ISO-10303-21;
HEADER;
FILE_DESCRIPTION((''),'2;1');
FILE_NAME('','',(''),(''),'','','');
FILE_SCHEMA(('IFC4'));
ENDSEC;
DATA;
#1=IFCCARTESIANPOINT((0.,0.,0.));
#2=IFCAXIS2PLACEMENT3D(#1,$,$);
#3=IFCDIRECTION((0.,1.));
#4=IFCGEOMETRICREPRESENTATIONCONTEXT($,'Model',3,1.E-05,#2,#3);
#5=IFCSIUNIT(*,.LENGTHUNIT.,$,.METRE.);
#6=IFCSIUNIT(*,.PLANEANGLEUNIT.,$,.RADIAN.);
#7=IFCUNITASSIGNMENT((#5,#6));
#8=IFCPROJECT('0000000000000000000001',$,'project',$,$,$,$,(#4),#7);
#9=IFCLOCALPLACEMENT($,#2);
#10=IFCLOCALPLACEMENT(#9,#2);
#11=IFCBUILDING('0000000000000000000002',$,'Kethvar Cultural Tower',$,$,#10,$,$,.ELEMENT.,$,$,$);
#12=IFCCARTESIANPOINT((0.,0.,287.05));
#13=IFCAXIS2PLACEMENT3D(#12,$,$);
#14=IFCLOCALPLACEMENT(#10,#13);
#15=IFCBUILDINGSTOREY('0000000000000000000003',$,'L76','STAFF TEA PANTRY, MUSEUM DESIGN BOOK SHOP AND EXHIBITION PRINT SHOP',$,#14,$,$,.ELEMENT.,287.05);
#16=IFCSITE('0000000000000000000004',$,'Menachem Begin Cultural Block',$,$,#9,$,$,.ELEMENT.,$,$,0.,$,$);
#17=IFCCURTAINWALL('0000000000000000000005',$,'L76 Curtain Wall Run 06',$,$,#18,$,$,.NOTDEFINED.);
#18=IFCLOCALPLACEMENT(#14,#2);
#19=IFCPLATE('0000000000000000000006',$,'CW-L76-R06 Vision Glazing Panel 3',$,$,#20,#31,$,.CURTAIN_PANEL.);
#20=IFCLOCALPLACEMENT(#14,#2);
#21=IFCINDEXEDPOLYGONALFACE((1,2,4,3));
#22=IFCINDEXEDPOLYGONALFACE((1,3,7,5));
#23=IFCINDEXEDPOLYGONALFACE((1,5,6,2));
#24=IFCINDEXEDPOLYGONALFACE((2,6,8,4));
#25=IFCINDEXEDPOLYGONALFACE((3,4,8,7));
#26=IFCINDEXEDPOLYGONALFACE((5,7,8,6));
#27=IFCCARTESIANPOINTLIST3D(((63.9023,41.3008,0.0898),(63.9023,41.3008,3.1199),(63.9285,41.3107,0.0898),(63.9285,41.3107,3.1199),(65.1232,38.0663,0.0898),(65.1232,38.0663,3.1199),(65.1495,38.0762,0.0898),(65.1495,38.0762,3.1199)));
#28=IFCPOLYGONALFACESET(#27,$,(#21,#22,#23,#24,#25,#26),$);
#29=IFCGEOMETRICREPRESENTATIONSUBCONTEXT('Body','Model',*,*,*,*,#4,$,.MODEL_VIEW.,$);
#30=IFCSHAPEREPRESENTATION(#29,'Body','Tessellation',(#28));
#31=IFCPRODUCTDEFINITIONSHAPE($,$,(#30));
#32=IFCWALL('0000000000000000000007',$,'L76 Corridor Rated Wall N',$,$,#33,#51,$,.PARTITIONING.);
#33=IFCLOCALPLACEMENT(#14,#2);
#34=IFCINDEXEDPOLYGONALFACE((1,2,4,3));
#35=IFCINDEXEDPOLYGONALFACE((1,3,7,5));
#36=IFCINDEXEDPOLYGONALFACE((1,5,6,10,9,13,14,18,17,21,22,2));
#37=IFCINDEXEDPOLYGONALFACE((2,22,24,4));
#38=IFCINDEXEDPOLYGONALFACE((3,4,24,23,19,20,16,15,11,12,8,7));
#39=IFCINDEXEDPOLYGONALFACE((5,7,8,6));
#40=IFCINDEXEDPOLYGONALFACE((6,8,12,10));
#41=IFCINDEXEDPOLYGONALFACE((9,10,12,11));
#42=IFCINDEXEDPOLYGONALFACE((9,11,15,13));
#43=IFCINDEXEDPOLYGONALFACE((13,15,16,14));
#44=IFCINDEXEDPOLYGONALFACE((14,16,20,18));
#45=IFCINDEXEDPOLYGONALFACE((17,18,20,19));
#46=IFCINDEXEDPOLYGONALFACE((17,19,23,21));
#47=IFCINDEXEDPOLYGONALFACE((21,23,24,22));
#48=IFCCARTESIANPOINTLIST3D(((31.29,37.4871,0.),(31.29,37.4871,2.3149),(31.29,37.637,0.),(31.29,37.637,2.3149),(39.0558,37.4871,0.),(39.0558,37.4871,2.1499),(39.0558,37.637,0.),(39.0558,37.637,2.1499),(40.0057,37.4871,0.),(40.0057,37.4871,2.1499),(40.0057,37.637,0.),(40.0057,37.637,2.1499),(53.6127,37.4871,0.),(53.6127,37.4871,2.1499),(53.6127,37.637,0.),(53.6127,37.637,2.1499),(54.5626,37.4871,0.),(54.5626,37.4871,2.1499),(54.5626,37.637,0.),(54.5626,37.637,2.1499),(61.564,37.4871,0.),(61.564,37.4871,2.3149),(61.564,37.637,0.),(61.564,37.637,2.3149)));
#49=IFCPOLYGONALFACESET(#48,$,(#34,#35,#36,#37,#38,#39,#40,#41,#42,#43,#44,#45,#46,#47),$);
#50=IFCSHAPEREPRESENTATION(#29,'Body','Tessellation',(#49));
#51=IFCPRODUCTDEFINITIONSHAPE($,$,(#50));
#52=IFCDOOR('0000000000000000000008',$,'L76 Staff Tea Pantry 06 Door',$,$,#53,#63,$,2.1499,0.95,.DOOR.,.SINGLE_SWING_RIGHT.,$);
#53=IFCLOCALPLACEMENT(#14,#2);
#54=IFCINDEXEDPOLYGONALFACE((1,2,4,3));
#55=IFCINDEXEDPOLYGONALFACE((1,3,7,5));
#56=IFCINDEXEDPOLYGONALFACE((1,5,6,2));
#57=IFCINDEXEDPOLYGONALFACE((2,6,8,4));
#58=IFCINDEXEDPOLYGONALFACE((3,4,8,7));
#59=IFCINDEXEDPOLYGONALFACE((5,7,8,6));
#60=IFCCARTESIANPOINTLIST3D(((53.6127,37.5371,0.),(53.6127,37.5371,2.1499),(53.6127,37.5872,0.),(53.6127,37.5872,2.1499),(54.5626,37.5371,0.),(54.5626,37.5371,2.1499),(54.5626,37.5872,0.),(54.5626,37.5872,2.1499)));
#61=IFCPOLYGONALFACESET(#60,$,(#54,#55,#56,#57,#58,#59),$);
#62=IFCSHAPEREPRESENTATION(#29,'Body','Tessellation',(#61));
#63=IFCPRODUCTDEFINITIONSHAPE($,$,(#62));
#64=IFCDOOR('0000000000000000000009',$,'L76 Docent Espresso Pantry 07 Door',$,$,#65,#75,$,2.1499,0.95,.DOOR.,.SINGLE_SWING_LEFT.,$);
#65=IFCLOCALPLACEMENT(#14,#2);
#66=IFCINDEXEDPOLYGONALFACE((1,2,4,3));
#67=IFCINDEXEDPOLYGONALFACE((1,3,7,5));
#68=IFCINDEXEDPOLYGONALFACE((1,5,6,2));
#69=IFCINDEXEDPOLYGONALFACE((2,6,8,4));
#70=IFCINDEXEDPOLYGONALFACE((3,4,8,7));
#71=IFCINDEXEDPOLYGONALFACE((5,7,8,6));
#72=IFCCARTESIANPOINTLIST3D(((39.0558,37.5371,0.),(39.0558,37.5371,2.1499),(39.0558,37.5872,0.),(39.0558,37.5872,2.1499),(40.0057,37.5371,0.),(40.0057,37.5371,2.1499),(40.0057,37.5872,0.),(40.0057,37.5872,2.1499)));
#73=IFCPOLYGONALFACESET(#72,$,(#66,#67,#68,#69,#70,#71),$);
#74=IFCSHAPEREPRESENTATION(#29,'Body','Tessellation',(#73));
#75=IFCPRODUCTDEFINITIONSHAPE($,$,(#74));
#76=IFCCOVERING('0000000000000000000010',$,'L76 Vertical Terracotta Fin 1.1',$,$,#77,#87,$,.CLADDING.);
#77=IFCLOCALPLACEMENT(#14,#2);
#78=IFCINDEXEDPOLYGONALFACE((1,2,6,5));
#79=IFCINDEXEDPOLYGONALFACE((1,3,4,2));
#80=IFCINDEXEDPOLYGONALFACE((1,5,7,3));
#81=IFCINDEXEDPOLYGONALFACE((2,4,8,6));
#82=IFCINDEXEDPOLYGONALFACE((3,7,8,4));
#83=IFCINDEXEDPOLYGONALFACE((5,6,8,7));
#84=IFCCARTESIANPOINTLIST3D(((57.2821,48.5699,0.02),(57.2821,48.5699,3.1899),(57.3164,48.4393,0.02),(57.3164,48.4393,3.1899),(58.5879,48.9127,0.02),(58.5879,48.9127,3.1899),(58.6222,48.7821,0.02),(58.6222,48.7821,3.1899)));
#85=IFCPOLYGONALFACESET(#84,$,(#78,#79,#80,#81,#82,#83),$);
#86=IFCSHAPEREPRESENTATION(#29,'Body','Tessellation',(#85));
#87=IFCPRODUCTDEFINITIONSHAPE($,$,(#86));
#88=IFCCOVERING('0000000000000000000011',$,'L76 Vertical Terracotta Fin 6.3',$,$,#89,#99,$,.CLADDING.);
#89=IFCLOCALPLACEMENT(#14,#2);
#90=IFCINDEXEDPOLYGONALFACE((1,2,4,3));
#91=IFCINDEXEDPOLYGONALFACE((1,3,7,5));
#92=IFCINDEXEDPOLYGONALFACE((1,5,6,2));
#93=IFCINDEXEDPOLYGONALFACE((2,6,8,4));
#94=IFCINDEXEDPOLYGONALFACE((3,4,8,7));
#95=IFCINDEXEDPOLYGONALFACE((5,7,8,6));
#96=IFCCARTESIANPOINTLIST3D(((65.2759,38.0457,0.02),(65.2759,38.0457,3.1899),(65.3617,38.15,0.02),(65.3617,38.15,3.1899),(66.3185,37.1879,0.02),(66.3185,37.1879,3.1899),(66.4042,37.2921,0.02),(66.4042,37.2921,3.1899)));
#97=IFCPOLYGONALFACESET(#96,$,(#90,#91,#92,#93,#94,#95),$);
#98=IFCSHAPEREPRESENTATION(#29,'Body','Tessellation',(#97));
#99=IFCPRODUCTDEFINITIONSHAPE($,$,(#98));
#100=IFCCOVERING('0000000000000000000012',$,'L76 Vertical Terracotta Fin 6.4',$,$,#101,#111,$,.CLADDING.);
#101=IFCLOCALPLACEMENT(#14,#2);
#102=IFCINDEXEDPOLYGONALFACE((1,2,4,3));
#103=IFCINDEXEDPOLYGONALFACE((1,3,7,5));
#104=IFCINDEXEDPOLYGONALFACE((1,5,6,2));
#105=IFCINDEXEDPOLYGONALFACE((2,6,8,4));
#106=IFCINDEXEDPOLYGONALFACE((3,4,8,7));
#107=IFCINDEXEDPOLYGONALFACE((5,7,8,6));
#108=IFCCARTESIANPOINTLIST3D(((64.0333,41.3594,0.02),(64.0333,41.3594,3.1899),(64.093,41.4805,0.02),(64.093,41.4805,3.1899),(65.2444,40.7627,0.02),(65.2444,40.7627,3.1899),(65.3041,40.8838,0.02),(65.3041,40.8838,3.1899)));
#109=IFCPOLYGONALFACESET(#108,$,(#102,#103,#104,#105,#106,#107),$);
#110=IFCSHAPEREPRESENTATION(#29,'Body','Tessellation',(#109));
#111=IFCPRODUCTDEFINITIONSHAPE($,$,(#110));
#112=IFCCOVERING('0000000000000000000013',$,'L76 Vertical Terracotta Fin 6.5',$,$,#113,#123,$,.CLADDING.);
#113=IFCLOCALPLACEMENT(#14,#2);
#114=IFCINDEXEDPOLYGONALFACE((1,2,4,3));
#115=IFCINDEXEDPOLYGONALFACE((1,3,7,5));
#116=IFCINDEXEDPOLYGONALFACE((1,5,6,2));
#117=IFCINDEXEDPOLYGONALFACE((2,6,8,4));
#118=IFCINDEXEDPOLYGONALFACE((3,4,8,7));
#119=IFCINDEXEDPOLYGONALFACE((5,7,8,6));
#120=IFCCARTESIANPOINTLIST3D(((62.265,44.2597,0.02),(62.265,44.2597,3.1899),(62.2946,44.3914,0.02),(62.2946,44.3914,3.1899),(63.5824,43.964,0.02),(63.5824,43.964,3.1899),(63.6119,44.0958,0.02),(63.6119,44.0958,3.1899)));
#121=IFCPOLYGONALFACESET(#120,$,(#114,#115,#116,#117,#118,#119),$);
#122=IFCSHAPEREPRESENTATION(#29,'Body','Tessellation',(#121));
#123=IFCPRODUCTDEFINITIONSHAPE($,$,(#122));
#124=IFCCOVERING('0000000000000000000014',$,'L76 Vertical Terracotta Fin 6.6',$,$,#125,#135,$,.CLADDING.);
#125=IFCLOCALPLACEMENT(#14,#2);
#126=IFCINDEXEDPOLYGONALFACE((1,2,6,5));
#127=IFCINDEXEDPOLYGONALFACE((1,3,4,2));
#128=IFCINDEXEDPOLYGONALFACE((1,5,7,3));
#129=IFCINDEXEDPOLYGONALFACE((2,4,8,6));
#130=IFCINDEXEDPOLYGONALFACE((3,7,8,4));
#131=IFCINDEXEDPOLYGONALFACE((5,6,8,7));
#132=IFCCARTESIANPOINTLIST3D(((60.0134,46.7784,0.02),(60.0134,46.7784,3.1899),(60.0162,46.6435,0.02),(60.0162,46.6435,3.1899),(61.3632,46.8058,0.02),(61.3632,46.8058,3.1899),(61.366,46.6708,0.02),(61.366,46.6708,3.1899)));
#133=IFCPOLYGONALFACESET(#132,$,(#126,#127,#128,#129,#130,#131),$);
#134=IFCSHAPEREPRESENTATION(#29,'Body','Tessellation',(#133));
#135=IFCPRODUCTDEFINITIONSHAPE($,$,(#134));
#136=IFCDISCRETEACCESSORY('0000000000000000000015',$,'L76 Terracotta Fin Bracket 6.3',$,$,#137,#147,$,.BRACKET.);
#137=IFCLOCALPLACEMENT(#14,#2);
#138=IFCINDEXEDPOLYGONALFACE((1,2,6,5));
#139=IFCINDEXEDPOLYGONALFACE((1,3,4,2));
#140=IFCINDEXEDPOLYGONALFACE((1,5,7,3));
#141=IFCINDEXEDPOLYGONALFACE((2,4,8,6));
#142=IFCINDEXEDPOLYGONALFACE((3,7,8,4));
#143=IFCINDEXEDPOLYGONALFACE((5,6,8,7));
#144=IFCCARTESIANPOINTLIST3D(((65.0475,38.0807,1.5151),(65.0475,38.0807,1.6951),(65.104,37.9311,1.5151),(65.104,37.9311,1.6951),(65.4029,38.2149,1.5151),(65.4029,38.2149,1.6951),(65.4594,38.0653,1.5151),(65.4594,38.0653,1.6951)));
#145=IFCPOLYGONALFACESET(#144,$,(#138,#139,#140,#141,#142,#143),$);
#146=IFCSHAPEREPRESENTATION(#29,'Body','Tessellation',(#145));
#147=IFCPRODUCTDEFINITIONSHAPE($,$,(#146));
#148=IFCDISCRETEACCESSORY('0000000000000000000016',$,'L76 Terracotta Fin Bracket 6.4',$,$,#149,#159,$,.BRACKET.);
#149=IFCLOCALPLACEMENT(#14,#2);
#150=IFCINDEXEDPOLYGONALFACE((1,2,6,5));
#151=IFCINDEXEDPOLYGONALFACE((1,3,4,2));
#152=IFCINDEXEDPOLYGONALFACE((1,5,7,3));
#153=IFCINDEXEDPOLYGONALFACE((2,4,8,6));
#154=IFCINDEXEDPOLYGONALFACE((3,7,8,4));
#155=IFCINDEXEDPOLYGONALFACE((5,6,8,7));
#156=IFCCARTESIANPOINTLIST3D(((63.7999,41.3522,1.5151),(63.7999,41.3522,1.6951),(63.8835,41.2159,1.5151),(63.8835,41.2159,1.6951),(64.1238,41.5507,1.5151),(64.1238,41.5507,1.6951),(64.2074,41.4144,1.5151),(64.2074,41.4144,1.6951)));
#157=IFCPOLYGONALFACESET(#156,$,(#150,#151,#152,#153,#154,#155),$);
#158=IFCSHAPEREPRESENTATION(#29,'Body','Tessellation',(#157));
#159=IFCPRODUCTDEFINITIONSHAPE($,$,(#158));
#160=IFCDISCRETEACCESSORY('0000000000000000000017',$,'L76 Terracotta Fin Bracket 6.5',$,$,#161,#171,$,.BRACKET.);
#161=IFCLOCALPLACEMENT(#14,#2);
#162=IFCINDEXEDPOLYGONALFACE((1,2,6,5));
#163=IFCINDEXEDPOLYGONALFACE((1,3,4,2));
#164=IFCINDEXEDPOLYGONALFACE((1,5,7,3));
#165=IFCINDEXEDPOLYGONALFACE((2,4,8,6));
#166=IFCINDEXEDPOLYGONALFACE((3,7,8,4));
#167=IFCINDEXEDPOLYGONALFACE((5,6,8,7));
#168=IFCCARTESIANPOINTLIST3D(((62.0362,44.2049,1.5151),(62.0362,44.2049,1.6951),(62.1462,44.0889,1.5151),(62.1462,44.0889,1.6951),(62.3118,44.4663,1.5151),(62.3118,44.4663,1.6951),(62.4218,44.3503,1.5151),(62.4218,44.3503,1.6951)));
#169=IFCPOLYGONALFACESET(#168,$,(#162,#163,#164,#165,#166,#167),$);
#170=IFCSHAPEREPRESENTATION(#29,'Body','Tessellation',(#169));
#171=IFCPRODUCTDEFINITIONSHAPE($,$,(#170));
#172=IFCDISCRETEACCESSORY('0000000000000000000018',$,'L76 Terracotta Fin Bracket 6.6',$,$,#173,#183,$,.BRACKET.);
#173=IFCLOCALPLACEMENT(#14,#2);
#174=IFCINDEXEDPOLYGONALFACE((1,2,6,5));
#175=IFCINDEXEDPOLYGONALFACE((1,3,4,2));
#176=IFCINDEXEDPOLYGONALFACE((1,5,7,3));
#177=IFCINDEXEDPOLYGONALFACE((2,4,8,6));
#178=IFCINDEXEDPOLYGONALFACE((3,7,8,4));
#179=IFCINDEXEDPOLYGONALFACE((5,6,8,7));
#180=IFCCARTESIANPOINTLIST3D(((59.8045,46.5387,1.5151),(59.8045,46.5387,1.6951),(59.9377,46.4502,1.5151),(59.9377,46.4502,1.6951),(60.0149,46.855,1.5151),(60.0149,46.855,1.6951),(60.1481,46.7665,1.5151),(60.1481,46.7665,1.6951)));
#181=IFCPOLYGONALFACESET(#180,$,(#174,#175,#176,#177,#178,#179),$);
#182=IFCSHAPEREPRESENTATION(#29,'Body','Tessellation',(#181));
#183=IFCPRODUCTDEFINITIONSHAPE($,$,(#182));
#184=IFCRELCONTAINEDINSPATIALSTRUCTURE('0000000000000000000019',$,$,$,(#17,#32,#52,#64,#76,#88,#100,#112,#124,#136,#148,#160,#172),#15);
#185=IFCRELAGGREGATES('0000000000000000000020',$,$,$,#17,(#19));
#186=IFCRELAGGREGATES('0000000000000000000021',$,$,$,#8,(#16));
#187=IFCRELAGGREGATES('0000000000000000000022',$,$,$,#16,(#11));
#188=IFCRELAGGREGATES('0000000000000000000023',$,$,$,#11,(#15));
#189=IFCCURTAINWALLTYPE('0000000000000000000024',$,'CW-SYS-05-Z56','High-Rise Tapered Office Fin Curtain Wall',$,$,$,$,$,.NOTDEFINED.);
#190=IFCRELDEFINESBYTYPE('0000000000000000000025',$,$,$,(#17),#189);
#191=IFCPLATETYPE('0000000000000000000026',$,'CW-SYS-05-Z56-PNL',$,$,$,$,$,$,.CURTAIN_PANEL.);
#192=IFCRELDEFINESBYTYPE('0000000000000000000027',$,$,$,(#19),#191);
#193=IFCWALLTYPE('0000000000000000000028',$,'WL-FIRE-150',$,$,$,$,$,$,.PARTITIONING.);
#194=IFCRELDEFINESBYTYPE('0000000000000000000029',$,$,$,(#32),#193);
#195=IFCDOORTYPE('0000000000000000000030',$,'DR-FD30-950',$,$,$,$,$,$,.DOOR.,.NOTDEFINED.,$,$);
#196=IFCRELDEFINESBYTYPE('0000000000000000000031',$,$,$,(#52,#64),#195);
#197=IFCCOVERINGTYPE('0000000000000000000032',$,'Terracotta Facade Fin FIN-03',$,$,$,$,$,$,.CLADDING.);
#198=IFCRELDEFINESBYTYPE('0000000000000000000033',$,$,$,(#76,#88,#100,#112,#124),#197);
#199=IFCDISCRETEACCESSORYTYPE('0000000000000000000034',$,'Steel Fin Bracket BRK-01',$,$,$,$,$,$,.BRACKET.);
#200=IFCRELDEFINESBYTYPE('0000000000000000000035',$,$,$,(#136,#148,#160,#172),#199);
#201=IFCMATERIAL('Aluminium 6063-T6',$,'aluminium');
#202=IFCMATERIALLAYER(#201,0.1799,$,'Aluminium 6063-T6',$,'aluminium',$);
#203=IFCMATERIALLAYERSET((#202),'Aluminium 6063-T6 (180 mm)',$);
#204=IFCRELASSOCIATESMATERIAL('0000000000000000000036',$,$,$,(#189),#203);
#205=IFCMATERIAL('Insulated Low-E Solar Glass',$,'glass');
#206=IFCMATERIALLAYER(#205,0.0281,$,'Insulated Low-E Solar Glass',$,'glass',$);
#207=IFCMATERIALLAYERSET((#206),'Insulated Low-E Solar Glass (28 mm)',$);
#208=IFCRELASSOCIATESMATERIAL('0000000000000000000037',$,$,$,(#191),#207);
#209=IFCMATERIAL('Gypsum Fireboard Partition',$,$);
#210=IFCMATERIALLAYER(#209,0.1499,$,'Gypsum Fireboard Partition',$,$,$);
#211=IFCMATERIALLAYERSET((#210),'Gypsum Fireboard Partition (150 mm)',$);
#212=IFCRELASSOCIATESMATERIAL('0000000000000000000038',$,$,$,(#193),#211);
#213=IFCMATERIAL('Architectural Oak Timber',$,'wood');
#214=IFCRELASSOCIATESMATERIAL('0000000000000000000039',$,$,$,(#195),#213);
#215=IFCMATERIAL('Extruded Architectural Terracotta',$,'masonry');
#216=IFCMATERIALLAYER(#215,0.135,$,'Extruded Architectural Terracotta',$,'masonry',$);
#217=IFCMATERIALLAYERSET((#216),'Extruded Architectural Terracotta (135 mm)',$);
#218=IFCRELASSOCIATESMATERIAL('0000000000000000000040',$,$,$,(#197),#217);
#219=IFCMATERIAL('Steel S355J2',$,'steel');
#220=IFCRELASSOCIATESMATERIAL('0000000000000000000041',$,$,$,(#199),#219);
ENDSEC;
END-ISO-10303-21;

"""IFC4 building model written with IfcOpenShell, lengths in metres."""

from ifc_helpers import new_model, si_unit, direction, frame, frame_2d, origin, origin_2d, place, context, subcontext, project, spatial, rectangle, extrude, source, transform, mapped, material, layer, layer_set, type_object, element, fill, aggregate, save


model = new_model("IFC4")

# Units and contexts
model_context = context("Model", 3, precision=1e-05, world=origin(), true_north=direction((0.0, 1.0)))
body_context = subcontext(model_context, "Body", "Model", "MODEL_VIEW")
ifc_project = project(units=[si_unit("LENGTHUNIT", "METRE"), si_unit("PLANEANGLEUNIT", "RADIAN")], contexts=[model_context])

# Site, building, storey
site_placement = place(None, origin())
site = spatial("IfcSite", under=ifc_project, at=site_placement, Name="Menachem Begin Cultural Block", CompositionType="ELEMENT", RefElevation=0.0)
building_placement = place(site_placement, origin())
building = spatial("IfcBuilding", under=site, at=building_placement, Name="Kethvar Cultural Tower", CompositionType="ELEMENT")
storey_placement = place(building_placement, frame((0.0, 0.0, 287.05)))
storey = spatial("IfcBuildingStorey", under=building, at=storey_placement, Name="L76", Description="STAFF TEA PANTRY, MUSEUM DESIGN BOOK SHOP AND EXHIBITION PRINT SHOP", CompositionType="ELEMENT", Elevation=287.05)

# Shared definitions
ifc_material_1 = material(Name="Steel S355J2", Category="steel")

# Curtain wall, plate
ifc_material_2 = material(Name="Aluminium 6063-T6", Category="aluminium")
ifc_layer_1 = layer(ifc_material_2, 0.1799, Name="Aluminium 6063-T6", Category="aluminium")
ifc_layer_set_1 = layer_set([ifc_layer_1], Name="Aluminium 6063-T6 (180 mm)")
curtain_wall_type = type_object("IfcCurtainWallType", Name="CW-SYS-05-Z56", Description="High-Rise Tapered Office Fin Curtain Wall", PredefinedType="NOTDEFINED", material=ifc_layer_set_1)
curtain_wall_placement = place(storey_placement, origin())
curtain_wall = element("IfcCurtainWall", 1, at=curtain_wall_placement, inside=storey, type_object=curtain_wall_type, Name="L76 Curtain Wall Run 06", PredefinedType="NOTDEFINED")
ifc_material_3 = material(Name="Insulated Low-E Solar Glass", Category="glass")
ifc_layer_2 = layer(ifc_material_3, 0.0281, Name="Insulated Low-E Solar Glass", Category="glass")
ifc_layer_set_2 = layer_set([ifc_layer_2], Name="Insulated Low-E Solar Glass (28 mm)")
plate_type = type_object("IfcPlateType", Name="CW-SYS-05-Z56-PNL", PredefinedType="CURTAIN_PANEL", material=ifc_layer_set_2)
shared_shape_1 = source(origin(), body_context, "Body", "SweptSolid", [
    extrude(rectangle(XDim=3.4573, YDim=0.0281, at=origin_2d()), origin(), (0.0, 0.0, 1.0), 3.03),
])
plate_1_placement = place(storey_placement, frame((64.5259, 39.6885, 0.0898), z_axis=(0.0, 0.0, 1.0), x_axis=(-0.353148, 0.935567, 0.0)))
plate_1 = element("IfcPlate", 2, at=plate_1_placement, type_object=plate_type, Name="CW-L76-R06 Vision Glazing Panel 3", PredefinedType="CURTAIN_PANEL", context=body_context, shape_type="MappedRepresentation", body=[
    mapped(shared_shape_1, transform((0.0, 0.0, 0.0), scale=1.0)),
])
aggregate(curtain_wall, [plate_1])

# Wall, openings, doors
ifc_material_4 = material(Name="Gypsum Fireboard Partition")
ifc_layer_3 = layer(ifc_material_4, 0.1499, Name="Gypsum Fireboard Partition")
ifc_layer_set_3 = layer_set([ifc_layer_3], Name="Gypsum Fireboard Partition (150 mm)")
wall_type = type_object("IfcWallType", Name="WL-FIRE-150", PredefinedType="PARTITIONING", material=ifc_layer_set_3)
wall_placement = place(storey_placement, frame((61.564, 37.562, 0.0), z_axis=(0.0, 0.0, 1.0), x_axis=(-1.0, 0.0, 0.0)))
wall = element("IfcWall", 3, at=wall_placement, inside=storey, type_object=wall_type, Name="L76 Corridor Rated Wall N", PredefinedType="PARTITIONING", context=body_context, shape_type="SweptSolid", body=[
    extrude(rectangle(XDim=30.2739, YDim=0.1499, at=frame_2d((15.137, 0.0))), origin(), (0.0, 0.0, 1.0), 2.3149),
])
opening_1_placement = place(wall_placement, frame((7.0012, 0.0, 0.0)))
opening_1 = element("IfcOpeningElement", 4, at=opening_1_placement, cuts=wall, PredefinedType="OPENING", context=body_context, shape_type="SweptSolid", body=[
    extrude(rectangle(XDim=0.95, YDim=2.1499, at=frame_2d((0.4751, 1.075))), frame((0.0, 0.085, 0.0), z_axis=(0.0, -1.0, 0.0), x_axis=(1.0, 0.0, 0.0)), (0.0, 0.0, 1.0), 0.1699),
])
opening_2_placement = place(wall_placement, frame((21.5581, 0.0, 0.0)))
opening_2 = element("IfcOpeningElement", 5, at=opening_2_placement, cuts=wall, PredefinedType="OPENING", context=body_context, shape_type="SweptSolid", body=[
    extrude(rectangle(XDim=0.95, YDim=2.1499, at=frame_2d((0.4751, 1.075))), frame((0.0, 0.085, 0.0), z_axis=(0.0, -1.0, 0.0), x_axis=(1.0, 0.0, 0.0)), (0.0, 0.0, 1.0), 0.1699),
])
ifc_material_5 = material(Name="Architectural Oak Timber", Category="wood")
door_type = type_object("IfcDoorType", Name="DR-FD30-950", OperationType="NOTDEFINED", PredefinedType="DOOR", material=ifc_material_5)
shared_shape_2 = source(origin(), body_context, "Body", "SweptSolid", [
    extrude(rectangle(XDim=0.95, YDim=2.1499, at=frame_2d((0.4751, 1.075))), frame((0.0, 0.0249, 0.0), z_axis=(0.0, -1.0, 0.0), x_axis=(1.0, 0.0, 0.0)), (0.0, 0.0, 1.0), 0.05),
])
door_1_placement = place(opening_1_placement, origin())
door_1 = element("IfcDoor", 6, at=door_1_placement, inside=storey, type_object=door_type, Name="L76 Staff Tea Pantry 06 Door", OperationType="SINGLE_SWING_RIGHT", OverallHeight=2.1499, OverallWidth=0.95, PredefinedType="DOOR", context=body_context, shape_type="MappedRepresentation", body=[
    mapped(shared_shape_2, transform((0.0, 0.0, 0.0), scale=1.0)),
])
fill(opening_1, door_1)
door_2_placement = place(opening_2_placement, origin())
door_2 = element("IfcDoor", 7, at=door_2_placement, inside=storey, type_object=door_type, Name="L76 Docent Espresso Pantry 07 Door", OperationType="SINGLE_SWING_LEFT", OverallHeight=2.1499, OverallWidth=0.95, PredefinedType="DOOR", context=body_context, shape_type="MappedRepresentation", body=[
    mapped(shared_shape_2, transform((0.0, 0.0, 0.0), scale=1.0)),
])
fill(opening_2, door_2)

# Coverings
ifc_material_6 = material(Name="Extruded Architectural Terracotta", Category="masonry")
ifc_layer_4 = layer(ifc_material_6, 0.135, Name="Extruded Architectural Terracotta", Category="masonry")
ifc_layer_set_4 = layer_set([ifc_layer_4], Name="Extruded Architectural Terracotta (135 mm)")
covering_type = type_object("IfcCoveringType", Name="Terracotta Facade Fin FIN-03", PredefinedType="CLADDING", material=ifc_layer_set_4)
shared_shape_3 = source(origin(), body_context, "Body", "SweptSolid", [
    extrude(rectangle(XDim=1.3501, YDim=0.135, at=origin_2d()), origin(), (0.0, 0.0, 1.0), 3.1699),
])
for number, where, z_axis, x_axis, name in (
    (8, (57.9521, 48.676, 0.02), (0.0, 0.0, 1.0), (0.967223, 0.253927, 0.0), "L76 Vertical Terracotta Fin 1.1"),
    (9, (65.8401, 37.6689, 0.02), (0.0, 0.0, 1.0), (0.772179, -0.635405, 0.0), "L76 Vertical Terracotta Fin 6.3"),
    (10, (64.6687, 41.1216, 0.02), (0.0, 0.0, 1.0), (0.897027, -0.441976, 0.0), "L76 Vertical Terracotta Fin 6.4"),
    (11, (62.9385, 44.1777, 0.02), (0.0, 0.0, 1.0), (0.975726, -0.218995, 0.0), "L76 Vertical Terracotta Fin 6.5"),
    (12, (60.6897, 46.7246, 0.02), (0.0, 0.0, 1.0), (0.999795, 0.020244, 0.0), "L76 Vertical Terracotta Fin 6.6"),
):
    element("IfcCovering", number, at=place(storey_placement, frame(where, z_axis=z_axis, x_axis=x_axis)), inside=storey, type_object=covering_type, Name=name, PredefinedType="CLADDING", context=body_context, shape_type="MappedRepresentation", body=[
        mapped(shared_shape_3, transform((0.0, 0.0, 0.0), scale=1.0)),
    ])

# Discrete accessories
discrete_accessory_type = type_object("IfcDiscreteAccessoryType", Name="Steel Fin Bracket BRK-01", PredefinedType="BRACKET", material=ifc_material_1)
shared_shape_4 = source(origin(), body_context, "Body", "SweptSolid", [
    extrude(rectangle(XDim=0.3799, YDim=0.1599, at=origin_2d()), origin(), (0.0, 0.0, 1.0), 0.1799),
])
for number, where, z_axis, x_axis, name in (
    (13, (65.2534, 38.073, 1.5151), (0.0, 0.0, 1.0), (0.935567, 0.353148, 0.0), "L76 Terracotta Fin Bracket 6.3"),
    (14, (64.0037, 41.3833, 1.5151), (0.0, 0.0, 1.0), (0.852549, 0.522647, 0.0), "L76 Terracotta Fin Bracket 6.4"),
    (15, (62.229, 44.2776, 1.5151), (0.0, 0.0, 1.0), (0.725615, 0.688101, 0.0), "L76 Terracotta Fin Bracket 6.5"),
    (16, (59.9763, 46.6526, 1.5151), (0.0, 0.0, 1.0), (0.553828, 0.832631, 0.0), "L76 Terracotta Fin Bracket 6.6"),
):
    element("IfcDiscreteAccessory", number, at=place(storey_placement, frame(where, z_axis=z_axis, x_axis=x_axis)), inside=storey, type_object=discrete_accessory_type, Name=name, PredefinedType="BRACKET", context=body_context, shape_type="MappedRepresentation", body=[
        mapped(shared_shape_4, transform((0.0, 0.0, 0.0), scale=1.0)),
    ])

save(model, "model.ifc")
